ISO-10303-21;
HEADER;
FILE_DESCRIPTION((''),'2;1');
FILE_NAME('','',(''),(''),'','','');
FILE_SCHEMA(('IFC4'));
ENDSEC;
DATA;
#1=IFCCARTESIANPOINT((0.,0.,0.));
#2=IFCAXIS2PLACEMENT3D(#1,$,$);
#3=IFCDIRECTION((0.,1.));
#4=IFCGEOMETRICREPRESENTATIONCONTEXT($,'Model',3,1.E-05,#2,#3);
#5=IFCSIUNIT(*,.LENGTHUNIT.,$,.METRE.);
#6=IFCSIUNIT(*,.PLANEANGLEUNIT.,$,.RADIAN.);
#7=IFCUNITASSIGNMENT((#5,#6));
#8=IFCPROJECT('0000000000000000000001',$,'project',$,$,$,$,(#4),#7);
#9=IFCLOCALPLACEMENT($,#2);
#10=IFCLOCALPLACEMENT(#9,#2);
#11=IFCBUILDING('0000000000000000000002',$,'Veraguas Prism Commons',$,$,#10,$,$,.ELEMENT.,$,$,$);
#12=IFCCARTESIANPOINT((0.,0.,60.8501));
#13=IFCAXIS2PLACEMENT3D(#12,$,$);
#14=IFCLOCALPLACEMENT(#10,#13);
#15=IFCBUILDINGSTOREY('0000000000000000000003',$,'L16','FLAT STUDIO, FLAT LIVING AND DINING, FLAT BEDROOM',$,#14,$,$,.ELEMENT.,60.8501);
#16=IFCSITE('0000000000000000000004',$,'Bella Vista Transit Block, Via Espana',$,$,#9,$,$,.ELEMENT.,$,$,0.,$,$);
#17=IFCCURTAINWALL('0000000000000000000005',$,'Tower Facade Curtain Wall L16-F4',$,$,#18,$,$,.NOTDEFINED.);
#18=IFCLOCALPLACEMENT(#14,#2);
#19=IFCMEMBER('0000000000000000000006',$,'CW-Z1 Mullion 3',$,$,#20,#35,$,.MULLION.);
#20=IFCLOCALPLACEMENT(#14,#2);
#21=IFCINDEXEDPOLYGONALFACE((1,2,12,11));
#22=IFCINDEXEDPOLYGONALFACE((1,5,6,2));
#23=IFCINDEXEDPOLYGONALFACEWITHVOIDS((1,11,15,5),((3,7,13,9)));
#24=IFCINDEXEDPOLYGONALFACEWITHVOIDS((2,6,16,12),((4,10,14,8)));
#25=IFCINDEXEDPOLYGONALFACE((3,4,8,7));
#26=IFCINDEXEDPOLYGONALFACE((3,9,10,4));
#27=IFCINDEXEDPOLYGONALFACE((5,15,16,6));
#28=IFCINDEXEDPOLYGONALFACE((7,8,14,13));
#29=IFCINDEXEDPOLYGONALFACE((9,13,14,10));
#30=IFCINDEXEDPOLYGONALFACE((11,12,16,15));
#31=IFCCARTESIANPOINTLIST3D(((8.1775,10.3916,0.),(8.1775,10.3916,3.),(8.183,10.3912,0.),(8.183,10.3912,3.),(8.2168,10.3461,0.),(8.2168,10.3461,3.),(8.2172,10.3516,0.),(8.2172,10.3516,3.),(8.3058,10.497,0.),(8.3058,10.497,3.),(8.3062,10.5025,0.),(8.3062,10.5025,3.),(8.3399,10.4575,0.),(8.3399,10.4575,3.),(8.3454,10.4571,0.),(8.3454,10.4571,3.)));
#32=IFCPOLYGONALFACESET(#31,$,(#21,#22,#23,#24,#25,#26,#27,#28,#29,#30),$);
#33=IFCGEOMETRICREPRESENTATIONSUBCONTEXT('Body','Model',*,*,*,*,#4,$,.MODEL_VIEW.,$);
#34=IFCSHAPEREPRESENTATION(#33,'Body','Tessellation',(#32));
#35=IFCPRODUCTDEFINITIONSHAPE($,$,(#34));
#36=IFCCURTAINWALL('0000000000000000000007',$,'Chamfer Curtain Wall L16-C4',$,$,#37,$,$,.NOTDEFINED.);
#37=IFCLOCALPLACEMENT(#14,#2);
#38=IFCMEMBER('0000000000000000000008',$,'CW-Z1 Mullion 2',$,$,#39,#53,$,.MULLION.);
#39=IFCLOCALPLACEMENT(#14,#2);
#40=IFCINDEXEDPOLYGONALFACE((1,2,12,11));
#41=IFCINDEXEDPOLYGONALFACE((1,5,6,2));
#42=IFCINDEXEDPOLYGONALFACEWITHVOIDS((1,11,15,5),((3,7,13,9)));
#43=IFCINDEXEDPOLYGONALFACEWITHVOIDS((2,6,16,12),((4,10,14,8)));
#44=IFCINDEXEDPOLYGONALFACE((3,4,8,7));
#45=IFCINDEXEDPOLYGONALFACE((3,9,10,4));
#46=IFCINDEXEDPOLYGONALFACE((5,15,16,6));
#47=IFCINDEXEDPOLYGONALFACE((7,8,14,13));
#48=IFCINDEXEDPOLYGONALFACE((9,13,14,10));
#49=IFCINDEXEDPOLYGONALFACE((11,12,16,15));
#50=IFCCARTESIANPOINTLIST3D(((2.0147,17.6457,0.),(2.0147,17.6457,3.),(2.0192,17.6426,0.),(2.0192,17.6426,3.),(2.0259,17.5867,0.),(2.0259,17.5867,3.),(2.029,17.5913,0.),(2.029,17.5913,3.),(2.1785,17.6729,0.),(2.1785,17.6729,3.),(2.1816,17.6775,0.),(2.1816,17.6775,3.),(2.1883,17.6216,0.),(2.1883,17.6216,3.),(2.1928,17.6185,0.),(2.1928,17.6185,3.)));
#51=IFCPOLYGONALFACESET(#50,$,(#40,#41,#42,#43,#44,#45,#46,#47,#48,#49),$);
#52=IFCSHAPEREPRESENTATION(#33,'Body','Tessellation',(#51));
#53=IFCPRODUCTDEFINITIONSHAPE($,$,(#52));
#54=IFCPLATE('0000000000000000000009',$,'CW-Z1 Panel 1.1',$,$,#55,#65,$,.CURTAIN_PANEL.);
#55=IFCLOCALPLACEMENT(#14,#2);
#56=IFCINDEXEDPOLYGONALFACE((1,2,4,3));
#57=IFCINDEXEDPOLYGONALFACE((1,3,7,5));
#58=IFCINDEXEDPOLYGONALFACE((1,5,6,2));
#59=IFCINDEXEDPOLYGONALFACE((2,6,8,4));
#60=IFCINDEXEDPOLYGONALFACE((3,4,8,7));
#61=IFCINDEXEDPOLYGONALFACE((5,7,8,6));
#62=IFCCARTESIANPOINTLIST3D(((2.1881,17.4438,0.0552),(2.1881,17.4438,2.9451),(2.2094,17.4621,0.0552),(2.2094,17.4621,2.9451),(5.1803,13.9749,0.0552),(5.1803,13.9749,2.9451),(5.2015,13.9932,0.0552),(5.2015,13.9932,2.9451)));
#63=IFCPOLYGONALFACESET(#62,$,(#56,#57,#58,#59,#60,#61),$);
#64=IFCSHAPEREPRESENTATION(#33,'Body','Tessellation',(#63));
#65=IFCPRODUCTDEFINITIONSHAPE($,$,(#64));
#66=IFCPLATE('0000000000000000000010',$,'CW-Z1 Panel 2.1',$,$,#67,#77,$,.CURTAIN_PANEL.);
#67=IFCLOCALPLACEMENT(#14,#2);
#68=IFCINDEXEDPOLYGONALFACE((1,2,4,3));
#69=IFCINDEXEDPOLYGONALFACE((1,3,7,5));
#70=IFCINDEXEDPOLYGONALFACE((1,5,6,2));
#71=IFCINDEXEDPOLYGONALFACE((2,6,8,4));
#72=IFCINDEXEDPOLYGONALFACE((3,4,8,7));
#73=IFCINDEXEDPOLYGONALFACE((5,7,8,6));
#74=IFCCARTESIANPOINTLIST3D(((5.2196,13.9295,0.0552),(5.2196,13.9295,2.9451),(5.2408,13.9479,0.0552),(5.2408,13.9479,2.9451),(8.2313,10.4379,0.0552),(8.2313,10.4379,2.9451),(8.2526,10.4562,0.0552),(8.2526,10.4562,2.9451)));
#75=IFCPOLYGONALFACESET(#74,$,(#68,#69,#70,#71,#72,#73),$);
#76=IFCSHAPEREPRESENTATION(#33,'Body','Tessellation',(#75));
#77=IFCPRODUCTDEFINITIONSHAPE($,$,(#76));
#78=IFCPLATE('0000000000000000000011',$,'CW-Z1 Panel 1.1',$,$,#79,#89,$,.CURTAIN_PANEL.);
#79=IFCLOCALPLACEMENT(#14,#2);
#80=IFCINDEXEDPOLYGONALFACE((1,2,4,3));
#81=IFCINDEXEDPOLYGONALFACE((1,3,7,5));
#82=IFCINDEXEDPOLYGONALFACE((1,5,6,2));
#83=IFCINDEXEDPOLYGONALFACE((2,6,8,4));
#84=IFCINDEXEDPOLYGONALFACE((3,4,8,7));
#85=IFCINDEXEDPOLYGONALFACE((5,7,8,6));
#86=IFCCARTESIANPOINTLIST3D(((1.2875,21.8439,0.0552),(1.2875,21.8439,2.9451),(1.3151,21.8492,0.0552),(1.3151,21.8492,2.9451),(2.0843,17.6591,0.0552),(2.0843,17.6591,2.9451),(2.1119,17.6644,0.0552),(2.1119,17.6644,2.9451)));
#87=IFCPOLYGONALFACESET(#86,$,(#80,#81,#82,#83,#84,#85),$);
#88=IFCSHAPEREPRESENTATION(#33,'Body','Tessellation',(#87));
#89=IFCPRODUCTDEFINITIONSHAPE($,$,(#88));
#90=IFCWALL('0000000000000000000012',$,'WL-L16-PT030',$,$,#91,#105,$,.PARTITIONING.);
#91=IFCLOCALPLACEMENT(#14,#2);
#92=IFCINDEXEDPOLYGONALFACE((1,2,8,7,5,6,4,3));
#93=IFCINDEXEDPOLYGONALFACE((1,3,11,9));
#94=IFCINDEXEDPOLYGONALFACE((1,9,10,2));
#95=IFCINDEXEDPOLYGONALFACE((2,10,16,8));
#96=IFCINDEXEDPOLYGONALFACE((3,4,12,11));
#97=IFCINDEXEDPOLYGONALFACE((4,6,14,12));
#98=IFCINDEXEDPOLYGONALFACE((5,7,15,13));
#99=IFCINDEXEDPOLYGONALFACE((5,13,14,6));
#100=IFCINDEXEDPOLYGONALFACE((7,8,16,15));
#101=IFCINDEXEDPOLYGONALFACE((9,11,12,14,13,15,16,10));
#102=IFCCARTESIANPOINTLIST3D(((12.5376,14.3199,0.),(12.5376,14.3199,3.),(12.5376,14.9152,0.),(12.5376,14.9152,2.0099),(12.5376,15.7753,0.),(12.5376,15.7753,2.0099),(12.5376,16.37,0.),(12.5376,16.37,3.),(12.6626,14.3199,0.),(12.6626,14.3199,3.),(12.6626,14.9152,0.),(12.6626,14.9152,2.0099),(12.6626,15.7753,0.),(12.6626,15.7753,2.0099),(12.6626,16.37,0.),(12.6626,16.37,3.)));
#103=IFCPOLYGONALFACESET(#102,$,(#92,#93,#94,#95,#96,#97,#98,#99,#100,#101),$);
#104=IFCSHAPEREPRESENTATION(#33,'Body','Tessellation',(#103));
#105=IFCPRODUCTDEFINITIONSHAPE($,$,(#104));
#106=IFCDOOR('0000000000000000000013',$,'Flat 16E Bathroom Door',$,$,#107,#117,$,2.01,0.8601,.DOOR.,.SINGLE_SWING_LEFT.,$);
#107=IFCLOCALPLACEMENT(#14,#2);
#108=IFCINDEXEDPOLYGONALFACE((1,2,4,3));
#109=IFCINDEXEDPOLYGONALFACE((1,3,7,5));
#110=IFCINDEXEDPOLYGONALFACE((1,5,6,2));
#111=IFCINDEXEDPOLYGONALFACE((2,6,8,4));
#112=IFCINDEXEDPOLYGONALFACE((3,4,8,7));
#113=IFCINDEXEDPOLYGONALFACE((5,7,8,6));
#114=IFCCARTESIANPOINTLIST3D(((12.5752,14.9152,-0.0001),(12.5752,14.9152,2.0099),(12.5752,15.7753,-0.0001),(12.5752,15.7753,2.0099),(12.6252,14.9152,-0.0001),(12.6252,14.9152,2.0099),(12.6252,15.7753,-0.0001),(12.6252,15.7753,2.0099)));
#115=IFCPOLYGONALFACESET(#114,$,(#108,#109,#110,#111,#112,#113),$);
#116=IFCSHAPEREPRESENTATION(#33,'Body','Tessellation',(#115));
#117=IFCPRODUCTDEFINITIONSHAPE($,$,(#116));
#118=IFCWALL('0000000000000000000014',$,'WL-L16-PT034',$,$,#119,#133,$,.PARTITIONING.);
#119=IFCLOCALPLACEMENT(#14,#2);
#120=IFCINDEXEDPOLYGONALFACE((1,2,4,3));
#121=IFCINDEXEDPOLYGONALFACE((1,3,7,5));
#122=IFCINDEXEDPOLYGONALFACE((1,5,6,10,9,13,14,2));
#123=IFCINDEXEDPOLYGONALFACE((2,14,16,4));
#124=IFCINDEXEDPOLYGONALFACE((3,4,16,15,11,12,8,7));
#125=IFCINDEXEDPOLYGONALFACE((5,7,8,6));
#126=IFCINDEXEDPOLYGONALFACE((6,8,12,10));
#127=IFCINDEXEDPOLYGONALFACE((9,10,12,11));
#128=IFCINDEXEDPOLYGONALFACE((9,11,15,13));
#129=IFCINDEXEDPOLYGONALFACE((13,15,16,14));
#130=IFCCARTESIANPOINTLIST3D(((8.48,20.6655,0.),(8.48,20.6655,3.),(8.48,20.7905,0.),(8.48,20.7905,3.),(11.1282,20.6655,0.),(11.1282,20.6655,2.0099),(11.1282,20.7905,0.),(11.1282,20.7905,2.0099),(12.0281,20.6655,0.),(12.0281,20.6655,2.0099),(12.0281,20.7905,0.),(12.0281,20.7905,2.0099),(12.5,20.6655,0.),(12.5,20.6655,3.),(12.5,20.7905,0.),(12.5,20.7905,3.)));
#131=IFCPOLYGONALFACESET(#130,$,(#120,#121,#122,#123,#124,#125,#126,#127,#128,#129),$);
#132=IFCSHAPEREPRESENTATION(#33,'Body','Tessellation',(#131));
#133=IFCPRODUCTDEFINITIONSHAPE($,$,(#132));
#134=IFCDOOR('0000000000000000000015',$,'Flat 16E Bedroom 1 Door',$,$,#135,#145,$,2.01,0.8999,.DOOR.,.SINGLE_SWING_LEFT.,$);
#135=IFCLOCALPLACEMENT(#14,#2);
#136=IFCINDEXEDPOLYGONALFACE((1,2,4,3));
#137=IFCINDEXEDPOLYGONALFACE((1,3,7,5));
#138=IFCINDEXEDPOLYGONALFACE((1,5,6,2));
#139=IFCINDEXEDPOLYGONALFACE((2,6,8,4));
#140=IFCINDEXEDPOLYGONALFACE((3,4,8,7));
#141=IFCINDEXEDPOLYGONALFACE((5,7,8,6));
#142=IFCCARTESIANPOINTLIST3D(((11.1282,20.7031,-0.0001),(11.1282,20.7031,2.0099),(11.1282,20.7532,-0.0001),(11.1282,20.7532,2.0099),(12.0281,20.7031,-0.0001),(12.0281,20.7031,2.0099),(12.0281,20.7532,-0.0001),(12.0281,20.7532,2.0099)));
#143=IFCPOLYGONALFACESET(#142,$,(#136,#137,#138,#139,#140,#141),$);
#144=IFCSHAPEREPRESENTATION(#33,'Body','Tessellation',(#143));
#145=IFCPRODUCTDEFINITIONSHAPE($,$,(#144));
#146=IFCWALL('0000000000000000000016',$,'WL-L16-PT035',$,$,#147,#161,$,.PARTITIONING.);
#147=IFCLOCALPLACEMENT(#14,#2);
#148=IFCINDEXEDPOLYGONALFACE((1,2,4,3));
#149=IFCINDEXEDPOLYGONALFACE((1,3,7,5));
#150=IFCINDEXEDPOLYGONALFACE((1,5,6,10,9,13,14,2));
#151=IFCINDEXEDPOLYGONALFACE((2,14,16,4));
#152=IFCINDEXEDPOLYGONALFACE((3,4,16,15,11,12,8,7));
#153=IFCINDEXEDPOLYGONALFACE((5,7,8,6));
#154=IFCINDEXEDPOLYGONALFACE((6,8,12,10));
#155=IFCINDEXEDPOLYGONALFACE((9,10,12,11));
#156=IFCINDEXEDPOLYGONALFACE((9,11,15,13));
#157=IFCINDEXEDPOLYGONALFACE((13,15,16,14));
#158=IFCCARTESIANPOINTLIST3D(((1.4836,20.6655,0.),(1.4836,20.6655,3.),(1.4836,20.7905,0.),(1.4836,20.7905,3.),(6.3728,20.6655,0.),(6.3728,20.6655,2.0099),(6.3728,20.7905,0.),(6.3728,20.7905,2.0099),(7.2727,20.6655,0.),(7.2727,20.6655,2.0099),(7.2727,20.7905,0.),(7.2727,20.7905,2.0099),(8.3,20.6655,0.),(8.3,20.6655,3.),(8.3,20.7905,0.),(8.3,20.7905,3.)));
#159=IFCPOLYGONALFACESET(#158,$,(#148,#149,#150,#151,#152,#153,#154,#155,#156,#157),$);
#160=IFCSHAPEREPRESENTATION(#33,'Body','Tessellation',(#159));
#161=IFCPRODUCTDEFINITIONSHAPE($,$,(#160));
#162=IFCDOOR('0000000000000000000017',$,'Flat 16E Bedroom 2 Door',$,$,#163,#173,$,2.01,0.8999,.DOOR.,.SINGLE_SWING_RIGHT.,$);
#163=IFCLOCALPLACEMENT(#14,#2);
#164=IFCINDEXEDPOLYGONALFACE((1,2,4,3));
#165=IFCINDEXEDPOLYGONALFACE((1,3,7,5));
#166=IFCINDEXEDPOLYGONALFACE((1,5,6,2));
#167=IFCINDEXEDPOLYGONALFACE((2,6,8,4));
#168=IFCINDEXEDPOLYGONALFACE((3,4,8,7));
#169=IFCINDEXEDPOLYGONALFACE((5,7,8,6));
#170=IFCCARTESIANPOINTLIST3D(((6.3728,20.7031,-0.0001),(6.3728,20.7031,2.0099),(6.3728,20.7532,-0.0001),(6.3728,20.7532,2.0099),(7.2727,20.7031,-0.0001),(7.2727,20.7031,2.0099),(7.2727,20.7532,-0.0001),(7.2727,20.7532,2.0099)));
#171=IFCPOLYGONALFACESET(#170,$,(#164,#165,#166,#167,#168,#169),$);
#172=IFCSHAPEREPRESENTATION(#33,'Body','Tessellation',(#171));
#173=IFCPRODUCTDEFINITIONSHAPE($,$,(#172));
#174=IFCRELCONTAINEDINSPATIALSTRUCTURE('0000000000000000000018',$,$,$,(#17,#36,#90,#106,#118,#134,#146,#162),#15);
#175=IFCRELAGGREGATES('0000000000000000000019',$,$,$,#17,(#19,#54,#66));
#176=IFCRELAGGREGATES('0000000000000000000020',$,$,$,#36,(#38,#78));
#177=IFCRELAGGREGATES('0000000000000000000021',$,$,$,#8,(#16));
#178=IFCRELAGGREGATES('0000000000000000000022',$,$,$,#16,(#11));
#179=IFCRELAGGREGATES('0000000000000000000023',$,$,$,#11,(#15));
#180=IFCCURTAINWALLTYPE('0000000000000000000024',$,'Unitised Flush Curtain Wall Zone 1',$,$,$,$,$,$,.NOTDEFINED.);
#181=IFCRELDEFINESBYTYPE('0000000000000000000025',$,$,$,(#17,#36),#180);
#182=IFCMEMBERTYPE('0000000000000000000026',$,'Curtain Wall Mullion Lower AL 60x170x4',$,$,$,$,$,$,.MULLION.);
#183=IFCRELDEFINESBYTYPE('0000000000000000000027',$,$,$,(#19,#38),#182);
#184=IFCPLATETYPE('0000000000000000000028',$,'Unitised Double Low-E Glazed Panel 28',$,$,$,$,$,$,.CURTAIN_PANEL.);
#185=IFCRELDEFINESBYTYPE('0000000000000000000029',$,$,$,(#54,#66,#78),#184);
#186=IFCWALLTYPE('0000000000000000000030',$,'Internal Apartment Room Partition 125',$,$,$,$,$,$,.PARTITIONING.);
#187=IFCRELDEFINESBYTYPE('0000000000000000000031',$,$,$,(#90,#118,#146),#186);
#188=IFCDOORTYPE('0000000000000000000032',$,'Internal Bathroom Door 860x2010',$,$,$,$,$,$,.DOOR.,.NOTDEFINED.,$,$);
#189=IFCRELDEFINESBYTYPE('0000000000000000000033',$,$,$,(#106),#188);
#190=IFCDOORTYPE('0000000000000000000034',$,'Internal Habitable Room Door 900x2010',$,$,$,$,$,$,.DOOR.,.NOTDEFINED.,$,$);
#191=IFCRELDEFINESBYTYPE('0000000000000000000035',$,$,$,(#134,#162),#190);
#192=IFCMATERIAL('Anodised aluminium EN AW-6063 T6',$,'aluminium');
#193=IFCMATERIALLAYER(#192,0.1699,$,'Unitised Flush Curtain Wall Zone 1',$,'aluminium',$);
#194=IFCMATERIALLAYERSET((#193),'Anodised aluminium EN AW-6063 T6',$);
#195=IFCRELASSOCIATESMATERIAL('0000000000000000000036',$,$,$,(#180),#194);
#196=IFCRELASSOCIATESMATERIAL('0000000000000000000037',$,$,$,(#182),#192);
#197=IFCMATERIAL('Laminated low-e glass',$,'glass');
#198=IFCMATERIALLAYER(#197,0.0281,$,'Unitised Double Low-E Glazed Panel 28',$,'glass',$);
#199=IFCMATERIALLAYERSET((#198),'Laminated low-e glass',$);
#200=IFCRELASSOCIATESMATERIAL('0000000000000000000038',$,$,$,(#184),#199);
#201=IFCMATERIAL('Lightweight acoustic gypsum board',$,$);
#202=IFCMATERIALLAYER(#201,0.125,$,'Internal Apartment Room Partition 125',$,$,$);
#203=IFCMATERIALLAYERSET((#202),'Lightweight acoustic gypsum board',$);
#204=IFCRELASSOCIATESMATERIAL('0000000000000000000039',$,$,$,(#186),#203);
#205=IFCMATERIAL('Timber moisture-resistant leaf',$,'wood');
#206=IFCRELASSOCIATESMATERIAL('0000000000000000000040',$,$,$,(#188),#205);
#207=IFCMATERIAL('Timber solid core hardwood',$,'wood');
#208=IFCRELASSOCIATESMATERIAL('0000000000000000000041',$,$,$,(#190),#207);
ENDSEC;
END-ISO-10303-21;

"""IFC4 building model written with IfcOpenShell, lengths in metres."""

from ifc_helpers import new_model, si_unit, direction, frame, frame_2d, origin, origin_2d, place, context, subcontext, project, spatial, rectangle, hollow_rectangle, extrude, source, transform, mapped, material, layer, layer_set, material_profile, profile_set, type_object, element, fill, aggregate, save


model = new_model("IFC4")

# Units and contexts
model_context = context("Model", 3, precision=1e-05, world=origin(), true_north=direction((0.0, 1.0)))
body_context = subcontext(model_context, "Body", "Model", "MODEL_VIEW")
ifc_project = project(units=[si_unit("LENGTHUNIT", "METRE"), si_unit("PLANEANGLEUNIT", "RADIAN")], contexts=[model_context])

# Site, building, storey
site_placement = place(None, origin())
site = spatial("IfcSite", under=ifc_project, at=site_placement, Name="Bella Vista Transit Block, Via Espana", CompositionType="ELEMENT", RefElevation=0.0)
building_placement = place(site_placement, origin())
building = spatial("IfcBuilding", under=site, at=building_placement, Name="Veraguas Prism Commons", CompositionType="ELEMENT")
storey_placement = place(building_placement, frame((0.0, 0.0, 60.8501)))
storey = spatial("IfcBuildingStorey", under=building, at=storey_placement, Name="L16", Description="FLAT STUDIO, FLAT LIVING AND DINING, FLAT BEDROOM", CompositionType="ELEMENT", Elevation=60.8501)

# Curtain wall, member
ifc_material_1 = material(Name="Anodised aluminium EN AW-6063 T6", Category="aluminium")
ifc_layer_1 = layer(ifc_material_1, 0.1699, Name="Unitised Flush Curtain Wall Zone 1", Category="aluminium")
ifc_layer_set_1 = layer_set([ifc_layer_1], Name="Anodised aluminium EN AW-6063 T6")
curtain_wall_type = type_object("IfcCurtainWallType", Name="Unitised Flush Curtain Wall Zone 1", PredefinedType="NOTDEFINED", material=ifc_layer_set_1)
curtain_wall_1_placement = place(storey_placement, origin())
curtain_wall_1 = element("IfcCurtainWall", 1, at=curtain_wall_1_placement, inside=storey, type_object=curtain_wall_type, Name="Tower Facade Curtain Wall L16-F4", PredefinedType="NOTDEFINED")
ifc_material_profile_1 = material_profile(ifc_material_1, hollow_rectangle(XDim=0.0601, YDim=0.1699, WallThickness=0.0039, at=origin_2d()), Name="AL60X170X4")
ifc_profile_set_1 = profile_set([ifc_material_profile_1], Name="Anodised aluminium EN AW-6063 T6")
member_type_1 = type_object("IfcMemberType", Name="Curtain Wall Mullion Lower AL 60x170x4", PredefinedType="MULLION", material=ifc_profile_set_1)
shared_shape_1 = source(origin(), body_context, "Body", "SweptSolid", [
    extrude(hollow_rectangle(XDim=0.0601, YDim=0.1699, WallThickness=0.0039, at=origin_2d()), origin(), (0.0, 0.0, 1.0), 3.0),
])
member_1_placement = place(storey_placement, frame((8.2615, 10.4243, 0.0), z_axis=(0.0, 0.0, 1.0), x_axis=(0.65315, -0.757229, 0.0)))
member_1 = element("IfcMember", 2, at=member_1_placement, type_object=member_type_1, Name="CW-Z1 Mullion 3", PredefinedType="MULLION", context=body_context, shape_type="MappedRepresentation", body=[
    mapped(shared_shape_1, transform((0.0, 0.0, 0.0), scale=1.0)),
])

# Curtain wall, member
curtain_wall_2_placement = place(storey_placement, origin())
curtain_wall_2 = element("IfcCurtainWall", 3, at=curtain_wall_2_placement, inside=storey, type_object=curtain_wall_type, Name="Chamfer Curtain Wall L16-C4", PredefinedType="NOTDEFINED")
member_2_placement = place(storey_placement, frame((2.1038, 17.6321, 0.0), z_axis=(0.0, 0.0, 1.0), x_axis=(0.187054, -0.98235, 0.0)))
member_2 = element("IfcMember", 4, at=member_2_placement, type_object=member_type_1, Name="CW-Z1 Mullion 2", PredefinedType="MULLION", context=body_context, shape_type="MappedRepresentation", body=[
    mapped(shared_shape_1, transform((0.0, 0.0, 0.0), scale=1.0)),
])

# Plates
ifc_material_2 = material(Name="Laminated low-e glass", Category="glass")
ifc_layer_2 = layer(ifc_material_2, 0.0281, Name="Unitised Double Low-E Glazed Panel 28", Category="glass")
ifc_layer_set_2 = layer_set([ifc_layer_2], Name="Laminated low-e glass")
plate_type = type_object("IfcPlateType", Name="Unitised Double Low-E Glazed Panel 28", PredefinedType="CURTAIN_PANEL", material=ifc_layer_set_2)
shared_shape_2 = source(origin(), body_context, "Body", "SweptSolid", [
    extrude(rectangle(XDim=4.5811, YDim=0.0281, at=origin_2d()), origin(), (0.0, 0.0, 1.0), 2.8899),
])
plate_1_placement = place(storey_placement, frame((3.6948, 15.7185, 0.0552), z_axis=(0.0, 0.0, 1.0), x_axis=(0.65315, -0.757229, 0.0)))
plate_1 = element("IfcPlate", 5, at=plate_1_placement, type_object=plate_type, Name="CW-Z1 Panel 1.1", PredefinedType="CURTAIN_PANEL", context=body_context, shape_type="MappedRepresentation", body=[
    mapped(shared_shape_2, transform((0.0, 0.0, 0.0), scale=1.0)),
])
shared_shape_3 = source(origin(), body_context, "Body", "SweptSolid", [
    extrude(rectangle(XDim=4.6111, YDim=0.0281, at=origin_2d()), origin(), (0.0, 0.0, 1.0), 2.8899),
])
plate_2_placement = place(storey_placement, frame((6.7361, 12.1929, 0.0552), z_axis=(0.0, 0.0, 1.0), x_axis=(0.65315, -0.757229, 0.0)))
plate_2 = element("IfcPlate", 6, at=plate_2_placement, type_object=plate_type, Name="CW-Z1 Panel 2.1", PredefinedType="CURTAIN_PANEL", context=body_context, shape_type="MappedRepresentation", body=[
    mapped(shared_shape_3, transform((0.0, 0.0, 0.0), scale=1.0)),
])
aggregate(curtain_wall_1, [member_1, plate_1, plate_2])
shared_shape_4 = source(origin(), body_context, "Body", "SweptSolid", [
    extrude(rectangle(XDim=4.26, YDim=0.0281, at=origin_2d()), origin(), (0.0, 0.0, 1.0), 2.8899),
])
plate_3_placement = place(storey_placement, frame((1.6997, 19.7542, 0.0552), z_axis=(0.0, 0.0, 1.0), x_axis=(0.187054, -0.98235, 0.0)))
plate_3 = element("IfcPlate", 7, at=plate_3_placement, type_object=plate_type, Name="CW-Z1 Panel 1.1", PredefinedType="CURTAIN_PANEL", context=body_context, shape_type="MappedRepresentation", body=[
    mapped(shared_shape_4, transform((0.0, 0.0, 0.0), scale=1.0)),
])
aggregate(curtain_wall_2, [member_2, plate_3])

# Walls, openings, doors
ifc_material_3 = material(Name="Lightweight acoustic gypsum board")
ifc_layer_3 = layer(ifc_material_3, 0.125, Name="Internal Apartment Room Partition 125")
ifc_layer_set_3 = layer_set([ifc_layer_3], Name="Lightweight acoustic gypsum board")
wall_type = type_object("IfcWallType", Name="Internal Apartment Room Partition 125", PredefinedType="PARTITIONING", material=ifc_layer_set_3)
wall_1_placement = place(storey_placement, frame((12.6001, 14.3201, 0.0), z_axis=(0.0, 0.0, 1.0), x_axis=(0.0, 1.0, 0.0)))
wall_1 = element("IfcWall", 8, at=wall_1_placement, inside=storey, type_object=wall_type, Name="WL-L16-PT030", PredefinedType="PARTITIONING", context=body_context, shape_type="SweptSolid", body=[
    extrude(rectangle(XDim=2.05, YDim=0.125, at=frame_2d((1.0249, 0.0))), origin(), (0.0, 0.0, 1.0), 3.0),
])
opening_1_placement = place(wall_1_placement, frame((0.595, 0.0, 0.0)))
opening_1 = element("IfcOpeningElement", 9, at=opening_1_placement, cuts=wall_1, PredefinedType="OPENING", context=body_context, shape_type="SweptSolid", body=[
    extrude(rectangle(XDim=0.8601, YDim=2.01, at=frame_2d((0.4302, 1.0049))), frame((0.0, 0.0725, 0.0), z_axis=(0.0, -1.0, 0.0), x_axis=(1.0, 0.0, 0.0)), (0.0, 0.0, 1.0), 0.145),
])
ifc_material_4 = material(Name="Timber moisture-resistant leaf", Category="wood")
door_type_1 = type_object("IfcDoorType", Name="Internal Bathroom Door 860x2010", OperationType="NOTDEFINED", PredefinedType="DOOR", material=ifc_material_4)
shared_shape_5 = source(origin(), body_context, "Body", "SweptSolid", [
    extrude(rectangle(XDim=0.8601, YDim=2.01, at=frame_2d((0.4302, 1.0049))), frame((0.0, 0.0249, 0.0), z_axis=(0.0, -1.0, 0.0), x_axis=(1.0, 0.0, 0.0)), (0.0, 0.0, 1.0), 0.05),
])
door_1_placement = place(opening_1_placement, origin())
door_1 = element("IfcDoor", 10, at=door_1_placement, inside=storey, type_object=door_type_1, Name="Flat 16E Bathroom Door", OperationType="SINGLE_SWING_LEFT", OverallHeight=2.01, OverallWidth=0.8601, PredefinedType="DOOR", context=body_context, shape_type="MappedRepresentation", body=[
    mapped(shared_shape_5, transform((0.0, 0.0, 0.0), scale=1.0)),
])
fill(opening_1, door_1)
wall_2_placement = place(storey_placement, frame((12.5, 20.728, 0.0), z_axis=(0.0, 0.0, 1.0), x_axis=(-1.0, 0.0, 0.0)))
wall_2 = element("IfcWall", 11, at=wall_2_placement, inside=storey, type_object=wall_type, Name="WL-L16-PT034", PredefinedType="PARTITIONING", context=body_context, shape_type="SweptSolid", body=[
    extrude(rectangle(XDim=4.02, YDim=0.125, at=frame_2d((2.01, 0.0))), origin(), (0.0, 0.0, 1.0), 3.0),
])
opening_2_placement = place(wall_2_placement, frame((0.4719, 0.0, 0.0)))
opening_2 = element("IfcOpeningElement", 12, at=opening_2_placement, cuts=wall_2, PredefinedType="OPENING", context=body_context, shape_type="SweptSolid", body=[
    extrude(rectangle(XDim=0.8999, YDim=2.01, at=frame_2d((0.45, 1.0049))), frame((0.0, 0.0725, 0.0), z_axis=(0.0, -1.0, 0.0), x_axis=(1.0, 0.0, 0.0)), (0.0, 0.0, 1.0), 0.145),
])
ifc_material_5 = material(Name="Timber solid core hardwood", Category="wood")
door_type_2 = type_object("IfcDoorType", Name="Internal Habitable Room Door 900x2010", OperationType="NOTDEFINED", PredefinedType="DOOR", material=ifc_material_5)
shared_shape_6 = source(origin(), body_context, "Body", "SweptSolid", [
    extrude(rectangle(XDim=0.8999, YDim=2.01, at=frame_2d((0.45, 1.0049))), frame((0.0, 0.0249, 0.0), z_axis=(0.0, -1.0, 0.0), x_axis=(1.0, 0.0, 0.0)), (0.0, 0.0, 1.0), 0.05),
])
door_2_placement = place(opening_2_placement, origin())
door_2 = element("IfcDoor", 13, at=door_2_placement, inside=storey, type_object=door_type_2, Name="Flat 16E Bedroom 1 Door", OperationType="SINGLE_SWING_LEFT", OverallHeight=2.01, OverallWidth=0.8999, PredefinedType="DOOR", context=body_context, shape_type="MappedRepresentation", body=[
    mapped(shared_shape_6, transform((0.0, 0.0, 0.0), scale=1.0)),
])
fill(opening_2, door_2)
wall_3_placement = place(storey_placement, frame((8.3, 20.728, 0.0), z_axis=(0.0, 0.0, 1.0), x_axis=(-1.0, 0.0, 0.0)))
wall_3 = element("IfcWall", 14, at=wall_3_placement, inside=storey, type_object=wall_type, Name="WL-L16-PT035", PredefinedType="PARTITIONING", context=body_context, shape_type="SweptSolid", body=[
    extrude(rectangle(XDim=6.8164, YDim=0.125, at=frame_2d((3.4082, 0.0))), origin(), (0.0, 0.0, 1.0), 3.0),
])
opening_3_placement = place(wall_3_placement, frame((1.0273, 0.0, 0.0)))
opening_3 = element("IfcOpeningElement", 15, at=opening_3_placement, cuts=wall_3, PredefinedType="OPENING", context=body_context, shape_type="SweptSolid", body=[
    extrude(rectangle(XDim=0.8999, YDim=2.01, at=frame_2d((0.45, 1.0049))), frame((0.0, 0.0725, 0.0), z_axis=(0.0, -1.0, 0.0), x_axis=(1.0, 0.0, 0.0)), (0.0, 0.0, 1.0), 0.145),
])
door_3_placement = place(opening_3_placement, origin())
door_3 = element("IfcDoor", 16, at=door_3_placement, inside=storey, type_object=door_type_2, Name="Flat 16E Bedroom 2 Door", OperationType="SINGLE_SWING_RIGHT", OverallHeight=2.01, OverallWidth=0.8999, PredefinedType="DOOR", context=body_context, shape_type="MappedRepresentation", body=[
    mapped(shared_shape_6, transform((0.0, 0.0, 0.0), scale=1.0)),
])
fill(opening_3, door_3)

save(model, "model.ifc")
